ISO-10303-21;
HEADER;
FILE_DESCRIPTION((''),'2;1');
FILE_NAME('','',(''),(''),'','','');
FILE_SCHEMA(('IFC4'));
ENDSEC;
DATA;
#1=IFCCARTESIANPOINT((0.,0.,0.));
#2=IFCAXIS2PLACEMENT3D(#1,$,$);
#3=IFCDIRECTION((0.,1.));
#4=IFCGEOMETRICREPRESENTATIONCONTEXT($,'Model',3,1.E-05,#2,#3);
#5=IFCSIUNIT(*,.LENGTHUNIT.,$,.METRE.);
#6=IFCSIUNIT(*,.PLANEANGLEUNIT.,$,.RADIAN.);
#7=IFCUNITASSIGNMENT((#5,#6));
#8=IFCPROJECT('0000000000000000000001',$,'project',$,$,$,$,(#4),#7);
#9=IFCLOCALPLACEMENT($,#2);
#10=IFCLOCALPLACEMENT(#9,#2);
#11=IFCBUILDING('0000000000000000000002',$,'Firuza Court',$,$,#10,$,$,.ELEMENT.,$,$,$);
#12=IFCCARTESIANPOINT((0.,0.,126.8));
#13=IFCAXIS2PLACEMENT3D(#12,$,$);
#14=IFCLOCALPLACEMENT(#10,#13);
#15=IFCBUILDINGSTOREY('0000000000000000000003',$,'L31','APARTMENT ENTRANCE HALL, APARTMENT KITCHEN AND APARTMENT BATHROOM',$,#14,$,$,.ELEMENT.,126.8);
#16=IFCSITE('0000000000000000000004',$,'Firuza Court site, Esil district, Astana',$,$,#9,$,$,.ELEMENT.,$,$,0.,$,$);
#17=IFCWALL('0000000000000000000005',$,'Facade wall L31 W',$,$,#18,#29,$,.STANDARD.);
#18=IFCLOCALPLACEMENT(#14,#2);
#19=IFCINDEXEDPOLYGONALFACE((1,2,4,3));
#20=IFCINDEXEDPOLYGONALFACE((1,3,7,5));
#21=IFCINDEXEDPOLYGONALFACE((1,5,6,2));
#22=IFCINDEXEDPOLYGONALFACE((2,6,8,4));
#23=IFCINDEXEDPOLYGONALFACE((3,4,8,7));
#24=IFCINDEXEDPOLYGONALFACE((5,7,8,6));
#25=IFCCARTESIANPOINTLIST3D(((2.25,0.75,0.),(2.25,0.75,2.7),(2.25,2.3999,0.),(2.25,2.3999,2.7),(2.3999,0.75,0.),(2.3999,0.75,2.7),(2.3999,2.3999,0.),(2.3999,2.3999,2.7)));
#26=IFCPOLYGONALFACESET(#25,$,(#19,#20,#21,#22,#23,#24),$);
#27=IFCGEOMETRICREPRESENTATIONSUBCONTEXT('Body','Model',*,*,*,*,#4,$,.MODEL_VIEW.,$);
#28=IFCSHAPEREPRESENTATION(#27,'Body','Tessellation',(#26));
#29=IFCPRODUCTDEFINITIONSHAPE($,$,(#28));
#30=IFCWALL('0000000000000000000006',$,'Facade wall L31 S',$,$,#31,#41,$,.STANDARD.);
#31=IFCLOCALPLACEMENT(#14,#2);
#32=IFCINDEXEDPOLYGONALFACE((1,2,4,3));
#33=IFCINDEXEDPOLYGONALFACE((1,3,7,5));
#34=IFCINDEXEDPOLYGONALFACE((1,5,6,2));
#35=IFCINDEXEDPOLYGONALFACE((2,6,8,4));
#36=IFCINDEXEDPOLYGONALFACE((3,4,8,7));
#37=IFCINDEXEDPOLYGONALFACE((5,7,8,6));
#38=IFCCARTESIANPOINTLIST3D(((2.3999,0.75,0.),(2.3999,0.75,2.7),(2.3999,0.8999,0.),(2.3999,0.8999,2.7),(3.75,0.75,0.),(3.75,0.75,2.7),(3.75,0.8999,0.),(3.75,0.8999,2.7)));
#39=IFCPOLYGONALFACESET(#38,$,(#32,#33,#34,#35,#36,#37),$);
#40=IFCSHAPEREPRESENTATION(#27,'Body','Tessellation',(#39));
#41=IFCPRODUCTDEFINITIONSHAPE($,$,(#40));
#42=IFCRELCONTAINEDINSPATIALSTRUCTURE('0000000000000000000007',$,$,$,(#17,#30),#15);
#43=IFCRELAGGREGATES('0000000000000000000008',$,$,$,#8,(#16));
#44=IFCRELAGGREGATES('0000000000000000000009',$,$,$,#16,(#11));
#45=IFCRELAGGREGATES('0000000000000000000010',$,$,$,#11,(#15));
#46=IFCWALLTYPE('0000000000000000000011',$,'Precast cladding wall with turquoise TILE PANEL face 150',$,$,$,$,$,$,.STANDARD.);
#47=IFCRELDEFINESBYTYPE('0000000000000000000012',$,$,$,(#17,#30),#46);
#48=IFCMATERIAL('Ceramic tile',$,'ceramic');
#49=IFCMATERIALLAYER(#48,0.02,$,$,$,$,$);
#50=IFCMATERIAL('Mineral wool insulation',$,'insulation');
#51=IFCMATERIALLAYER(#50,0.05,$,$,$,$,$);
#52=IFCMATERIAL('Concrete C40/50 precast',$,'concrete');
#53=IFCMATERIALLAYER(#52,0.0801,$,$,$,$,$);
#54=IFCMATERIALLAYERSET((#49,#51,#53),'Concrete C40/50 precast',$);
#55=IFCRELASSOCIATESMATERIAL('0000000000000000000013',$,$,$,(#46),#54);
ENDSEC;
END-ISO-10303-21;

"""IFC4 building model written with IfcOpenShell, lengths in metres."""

from ifc_helpers import new_model, si_unit, direction, frame, frame_2d, origin, place, context, subcontext, project, spatial, rectangle, extrude, material, layer, layer_set, type_object, element, save


model = new_model("IFC4")

# Units and contexts
model_context = context("Model", 3, precision=1e-05, world=origin(), true_north=direction((0.0, 1.0)))
body_context = subcontext(model_context, "Body", "Model", "MODEL_VIEW")
ifc_project = project(units=[si_unit("LENGTHUNIT", "METRE"), si_unit("PLANEANGLEUNIT", "RADIAN")], contexts=[model_context])

# Site, building, storey
site_placement = place(None, origin())
site = spatial("IfcSite", under=ifc_project, at=site_placement, Name="Firuza Court site, Esil district, Astana", CompositionType="ELEMENT", RefElevation=0.0)
building_placement = place(site_placement, origin())
building = spatial("IfcBuilding", under=site, at=building_placement, Name="Firuza Court", CompositionType="ELEMENT")
storey_placement = place(building_placement, frame((0.0, 0.0, 126.8)))
storey = spatial("IfcBuildingStorey", under=building, at=storey_placement, Name="L31", Description="APARTMENT ENTRANCE HALL, APARTMENT KITCHEN AND APARTMENT BATHROOM", CompositionType="ELEMENT", Elevation=126.8)

# Shared definitions
ifc_material_1 = material(Name="Concrete C40/50 precast", Category="concrete")

# Walls
ifc_material_2 = material(Name="Ceramic tile", Category="ceramic")
ifc_layer_1 = layer(ifc_material_2, 0.02)
ifc_material_3 = material(Name="Mineral wool insulation", Category="insulation")
ifc_layer_2 = layer(ifc_material_3, 0.05)
ifc_layer_3 = layer(ifc_material_1, 0.0801)
ifc_layer_set_1 = layer_set([ifc_layer_1, ifc_layer_2, ifc_layer_3], Name="Concrete C40/50 precast")
wall_type_1 = type_object("IfcWallType", Name="Precast cladding wall with turquoise TILE PANEL face 150", PredefinedType="STANDARD", material=ifc_layer_set_1)
wall_1_placement = place(storey_placement, frame((2.325, 2.3999, 0.0), z_axis=(0.0, 0.0, 1.0), x_axis=(0.0, -1.0, 0.0)))
element("IfcWall", 1, at=wall_1_placement, inside=storey, type_object=wall_type_1, Name="Facade wall L31 W", PredefinedType="STANDARD", context=body_context, shape_type="SweptSolid", body=[
    extrude(rectangle(XDim=1.6499, YDim=0.1499, at=frame_2d((0.825, 0.0))), origin(), (0.0, 0.0, 1.0), 2.7),
])
wall_2_placement = place(storey_placement, frame((2.3999, 0.825, 0.0), z_axis=(0.0, 0.0, 1.0), x_axis=(1.0, 0.0, 0.0)))
element("IfcWall", 2, at=wall_2_placement, inside=storey, type_object=wall_type_1, Name="Facade wall L31 S", PredefinedType="STANDARD", context=body_context, shape_type="SweptSolid", body=[
    extrude(rectangle(XDim=1.3501, YDim=0.1499, at=frame_2d((0.675, 0.0))), origin(), (0.0, 0.0, 1.0), 2.7),
])

save(model, "model.ifc")
